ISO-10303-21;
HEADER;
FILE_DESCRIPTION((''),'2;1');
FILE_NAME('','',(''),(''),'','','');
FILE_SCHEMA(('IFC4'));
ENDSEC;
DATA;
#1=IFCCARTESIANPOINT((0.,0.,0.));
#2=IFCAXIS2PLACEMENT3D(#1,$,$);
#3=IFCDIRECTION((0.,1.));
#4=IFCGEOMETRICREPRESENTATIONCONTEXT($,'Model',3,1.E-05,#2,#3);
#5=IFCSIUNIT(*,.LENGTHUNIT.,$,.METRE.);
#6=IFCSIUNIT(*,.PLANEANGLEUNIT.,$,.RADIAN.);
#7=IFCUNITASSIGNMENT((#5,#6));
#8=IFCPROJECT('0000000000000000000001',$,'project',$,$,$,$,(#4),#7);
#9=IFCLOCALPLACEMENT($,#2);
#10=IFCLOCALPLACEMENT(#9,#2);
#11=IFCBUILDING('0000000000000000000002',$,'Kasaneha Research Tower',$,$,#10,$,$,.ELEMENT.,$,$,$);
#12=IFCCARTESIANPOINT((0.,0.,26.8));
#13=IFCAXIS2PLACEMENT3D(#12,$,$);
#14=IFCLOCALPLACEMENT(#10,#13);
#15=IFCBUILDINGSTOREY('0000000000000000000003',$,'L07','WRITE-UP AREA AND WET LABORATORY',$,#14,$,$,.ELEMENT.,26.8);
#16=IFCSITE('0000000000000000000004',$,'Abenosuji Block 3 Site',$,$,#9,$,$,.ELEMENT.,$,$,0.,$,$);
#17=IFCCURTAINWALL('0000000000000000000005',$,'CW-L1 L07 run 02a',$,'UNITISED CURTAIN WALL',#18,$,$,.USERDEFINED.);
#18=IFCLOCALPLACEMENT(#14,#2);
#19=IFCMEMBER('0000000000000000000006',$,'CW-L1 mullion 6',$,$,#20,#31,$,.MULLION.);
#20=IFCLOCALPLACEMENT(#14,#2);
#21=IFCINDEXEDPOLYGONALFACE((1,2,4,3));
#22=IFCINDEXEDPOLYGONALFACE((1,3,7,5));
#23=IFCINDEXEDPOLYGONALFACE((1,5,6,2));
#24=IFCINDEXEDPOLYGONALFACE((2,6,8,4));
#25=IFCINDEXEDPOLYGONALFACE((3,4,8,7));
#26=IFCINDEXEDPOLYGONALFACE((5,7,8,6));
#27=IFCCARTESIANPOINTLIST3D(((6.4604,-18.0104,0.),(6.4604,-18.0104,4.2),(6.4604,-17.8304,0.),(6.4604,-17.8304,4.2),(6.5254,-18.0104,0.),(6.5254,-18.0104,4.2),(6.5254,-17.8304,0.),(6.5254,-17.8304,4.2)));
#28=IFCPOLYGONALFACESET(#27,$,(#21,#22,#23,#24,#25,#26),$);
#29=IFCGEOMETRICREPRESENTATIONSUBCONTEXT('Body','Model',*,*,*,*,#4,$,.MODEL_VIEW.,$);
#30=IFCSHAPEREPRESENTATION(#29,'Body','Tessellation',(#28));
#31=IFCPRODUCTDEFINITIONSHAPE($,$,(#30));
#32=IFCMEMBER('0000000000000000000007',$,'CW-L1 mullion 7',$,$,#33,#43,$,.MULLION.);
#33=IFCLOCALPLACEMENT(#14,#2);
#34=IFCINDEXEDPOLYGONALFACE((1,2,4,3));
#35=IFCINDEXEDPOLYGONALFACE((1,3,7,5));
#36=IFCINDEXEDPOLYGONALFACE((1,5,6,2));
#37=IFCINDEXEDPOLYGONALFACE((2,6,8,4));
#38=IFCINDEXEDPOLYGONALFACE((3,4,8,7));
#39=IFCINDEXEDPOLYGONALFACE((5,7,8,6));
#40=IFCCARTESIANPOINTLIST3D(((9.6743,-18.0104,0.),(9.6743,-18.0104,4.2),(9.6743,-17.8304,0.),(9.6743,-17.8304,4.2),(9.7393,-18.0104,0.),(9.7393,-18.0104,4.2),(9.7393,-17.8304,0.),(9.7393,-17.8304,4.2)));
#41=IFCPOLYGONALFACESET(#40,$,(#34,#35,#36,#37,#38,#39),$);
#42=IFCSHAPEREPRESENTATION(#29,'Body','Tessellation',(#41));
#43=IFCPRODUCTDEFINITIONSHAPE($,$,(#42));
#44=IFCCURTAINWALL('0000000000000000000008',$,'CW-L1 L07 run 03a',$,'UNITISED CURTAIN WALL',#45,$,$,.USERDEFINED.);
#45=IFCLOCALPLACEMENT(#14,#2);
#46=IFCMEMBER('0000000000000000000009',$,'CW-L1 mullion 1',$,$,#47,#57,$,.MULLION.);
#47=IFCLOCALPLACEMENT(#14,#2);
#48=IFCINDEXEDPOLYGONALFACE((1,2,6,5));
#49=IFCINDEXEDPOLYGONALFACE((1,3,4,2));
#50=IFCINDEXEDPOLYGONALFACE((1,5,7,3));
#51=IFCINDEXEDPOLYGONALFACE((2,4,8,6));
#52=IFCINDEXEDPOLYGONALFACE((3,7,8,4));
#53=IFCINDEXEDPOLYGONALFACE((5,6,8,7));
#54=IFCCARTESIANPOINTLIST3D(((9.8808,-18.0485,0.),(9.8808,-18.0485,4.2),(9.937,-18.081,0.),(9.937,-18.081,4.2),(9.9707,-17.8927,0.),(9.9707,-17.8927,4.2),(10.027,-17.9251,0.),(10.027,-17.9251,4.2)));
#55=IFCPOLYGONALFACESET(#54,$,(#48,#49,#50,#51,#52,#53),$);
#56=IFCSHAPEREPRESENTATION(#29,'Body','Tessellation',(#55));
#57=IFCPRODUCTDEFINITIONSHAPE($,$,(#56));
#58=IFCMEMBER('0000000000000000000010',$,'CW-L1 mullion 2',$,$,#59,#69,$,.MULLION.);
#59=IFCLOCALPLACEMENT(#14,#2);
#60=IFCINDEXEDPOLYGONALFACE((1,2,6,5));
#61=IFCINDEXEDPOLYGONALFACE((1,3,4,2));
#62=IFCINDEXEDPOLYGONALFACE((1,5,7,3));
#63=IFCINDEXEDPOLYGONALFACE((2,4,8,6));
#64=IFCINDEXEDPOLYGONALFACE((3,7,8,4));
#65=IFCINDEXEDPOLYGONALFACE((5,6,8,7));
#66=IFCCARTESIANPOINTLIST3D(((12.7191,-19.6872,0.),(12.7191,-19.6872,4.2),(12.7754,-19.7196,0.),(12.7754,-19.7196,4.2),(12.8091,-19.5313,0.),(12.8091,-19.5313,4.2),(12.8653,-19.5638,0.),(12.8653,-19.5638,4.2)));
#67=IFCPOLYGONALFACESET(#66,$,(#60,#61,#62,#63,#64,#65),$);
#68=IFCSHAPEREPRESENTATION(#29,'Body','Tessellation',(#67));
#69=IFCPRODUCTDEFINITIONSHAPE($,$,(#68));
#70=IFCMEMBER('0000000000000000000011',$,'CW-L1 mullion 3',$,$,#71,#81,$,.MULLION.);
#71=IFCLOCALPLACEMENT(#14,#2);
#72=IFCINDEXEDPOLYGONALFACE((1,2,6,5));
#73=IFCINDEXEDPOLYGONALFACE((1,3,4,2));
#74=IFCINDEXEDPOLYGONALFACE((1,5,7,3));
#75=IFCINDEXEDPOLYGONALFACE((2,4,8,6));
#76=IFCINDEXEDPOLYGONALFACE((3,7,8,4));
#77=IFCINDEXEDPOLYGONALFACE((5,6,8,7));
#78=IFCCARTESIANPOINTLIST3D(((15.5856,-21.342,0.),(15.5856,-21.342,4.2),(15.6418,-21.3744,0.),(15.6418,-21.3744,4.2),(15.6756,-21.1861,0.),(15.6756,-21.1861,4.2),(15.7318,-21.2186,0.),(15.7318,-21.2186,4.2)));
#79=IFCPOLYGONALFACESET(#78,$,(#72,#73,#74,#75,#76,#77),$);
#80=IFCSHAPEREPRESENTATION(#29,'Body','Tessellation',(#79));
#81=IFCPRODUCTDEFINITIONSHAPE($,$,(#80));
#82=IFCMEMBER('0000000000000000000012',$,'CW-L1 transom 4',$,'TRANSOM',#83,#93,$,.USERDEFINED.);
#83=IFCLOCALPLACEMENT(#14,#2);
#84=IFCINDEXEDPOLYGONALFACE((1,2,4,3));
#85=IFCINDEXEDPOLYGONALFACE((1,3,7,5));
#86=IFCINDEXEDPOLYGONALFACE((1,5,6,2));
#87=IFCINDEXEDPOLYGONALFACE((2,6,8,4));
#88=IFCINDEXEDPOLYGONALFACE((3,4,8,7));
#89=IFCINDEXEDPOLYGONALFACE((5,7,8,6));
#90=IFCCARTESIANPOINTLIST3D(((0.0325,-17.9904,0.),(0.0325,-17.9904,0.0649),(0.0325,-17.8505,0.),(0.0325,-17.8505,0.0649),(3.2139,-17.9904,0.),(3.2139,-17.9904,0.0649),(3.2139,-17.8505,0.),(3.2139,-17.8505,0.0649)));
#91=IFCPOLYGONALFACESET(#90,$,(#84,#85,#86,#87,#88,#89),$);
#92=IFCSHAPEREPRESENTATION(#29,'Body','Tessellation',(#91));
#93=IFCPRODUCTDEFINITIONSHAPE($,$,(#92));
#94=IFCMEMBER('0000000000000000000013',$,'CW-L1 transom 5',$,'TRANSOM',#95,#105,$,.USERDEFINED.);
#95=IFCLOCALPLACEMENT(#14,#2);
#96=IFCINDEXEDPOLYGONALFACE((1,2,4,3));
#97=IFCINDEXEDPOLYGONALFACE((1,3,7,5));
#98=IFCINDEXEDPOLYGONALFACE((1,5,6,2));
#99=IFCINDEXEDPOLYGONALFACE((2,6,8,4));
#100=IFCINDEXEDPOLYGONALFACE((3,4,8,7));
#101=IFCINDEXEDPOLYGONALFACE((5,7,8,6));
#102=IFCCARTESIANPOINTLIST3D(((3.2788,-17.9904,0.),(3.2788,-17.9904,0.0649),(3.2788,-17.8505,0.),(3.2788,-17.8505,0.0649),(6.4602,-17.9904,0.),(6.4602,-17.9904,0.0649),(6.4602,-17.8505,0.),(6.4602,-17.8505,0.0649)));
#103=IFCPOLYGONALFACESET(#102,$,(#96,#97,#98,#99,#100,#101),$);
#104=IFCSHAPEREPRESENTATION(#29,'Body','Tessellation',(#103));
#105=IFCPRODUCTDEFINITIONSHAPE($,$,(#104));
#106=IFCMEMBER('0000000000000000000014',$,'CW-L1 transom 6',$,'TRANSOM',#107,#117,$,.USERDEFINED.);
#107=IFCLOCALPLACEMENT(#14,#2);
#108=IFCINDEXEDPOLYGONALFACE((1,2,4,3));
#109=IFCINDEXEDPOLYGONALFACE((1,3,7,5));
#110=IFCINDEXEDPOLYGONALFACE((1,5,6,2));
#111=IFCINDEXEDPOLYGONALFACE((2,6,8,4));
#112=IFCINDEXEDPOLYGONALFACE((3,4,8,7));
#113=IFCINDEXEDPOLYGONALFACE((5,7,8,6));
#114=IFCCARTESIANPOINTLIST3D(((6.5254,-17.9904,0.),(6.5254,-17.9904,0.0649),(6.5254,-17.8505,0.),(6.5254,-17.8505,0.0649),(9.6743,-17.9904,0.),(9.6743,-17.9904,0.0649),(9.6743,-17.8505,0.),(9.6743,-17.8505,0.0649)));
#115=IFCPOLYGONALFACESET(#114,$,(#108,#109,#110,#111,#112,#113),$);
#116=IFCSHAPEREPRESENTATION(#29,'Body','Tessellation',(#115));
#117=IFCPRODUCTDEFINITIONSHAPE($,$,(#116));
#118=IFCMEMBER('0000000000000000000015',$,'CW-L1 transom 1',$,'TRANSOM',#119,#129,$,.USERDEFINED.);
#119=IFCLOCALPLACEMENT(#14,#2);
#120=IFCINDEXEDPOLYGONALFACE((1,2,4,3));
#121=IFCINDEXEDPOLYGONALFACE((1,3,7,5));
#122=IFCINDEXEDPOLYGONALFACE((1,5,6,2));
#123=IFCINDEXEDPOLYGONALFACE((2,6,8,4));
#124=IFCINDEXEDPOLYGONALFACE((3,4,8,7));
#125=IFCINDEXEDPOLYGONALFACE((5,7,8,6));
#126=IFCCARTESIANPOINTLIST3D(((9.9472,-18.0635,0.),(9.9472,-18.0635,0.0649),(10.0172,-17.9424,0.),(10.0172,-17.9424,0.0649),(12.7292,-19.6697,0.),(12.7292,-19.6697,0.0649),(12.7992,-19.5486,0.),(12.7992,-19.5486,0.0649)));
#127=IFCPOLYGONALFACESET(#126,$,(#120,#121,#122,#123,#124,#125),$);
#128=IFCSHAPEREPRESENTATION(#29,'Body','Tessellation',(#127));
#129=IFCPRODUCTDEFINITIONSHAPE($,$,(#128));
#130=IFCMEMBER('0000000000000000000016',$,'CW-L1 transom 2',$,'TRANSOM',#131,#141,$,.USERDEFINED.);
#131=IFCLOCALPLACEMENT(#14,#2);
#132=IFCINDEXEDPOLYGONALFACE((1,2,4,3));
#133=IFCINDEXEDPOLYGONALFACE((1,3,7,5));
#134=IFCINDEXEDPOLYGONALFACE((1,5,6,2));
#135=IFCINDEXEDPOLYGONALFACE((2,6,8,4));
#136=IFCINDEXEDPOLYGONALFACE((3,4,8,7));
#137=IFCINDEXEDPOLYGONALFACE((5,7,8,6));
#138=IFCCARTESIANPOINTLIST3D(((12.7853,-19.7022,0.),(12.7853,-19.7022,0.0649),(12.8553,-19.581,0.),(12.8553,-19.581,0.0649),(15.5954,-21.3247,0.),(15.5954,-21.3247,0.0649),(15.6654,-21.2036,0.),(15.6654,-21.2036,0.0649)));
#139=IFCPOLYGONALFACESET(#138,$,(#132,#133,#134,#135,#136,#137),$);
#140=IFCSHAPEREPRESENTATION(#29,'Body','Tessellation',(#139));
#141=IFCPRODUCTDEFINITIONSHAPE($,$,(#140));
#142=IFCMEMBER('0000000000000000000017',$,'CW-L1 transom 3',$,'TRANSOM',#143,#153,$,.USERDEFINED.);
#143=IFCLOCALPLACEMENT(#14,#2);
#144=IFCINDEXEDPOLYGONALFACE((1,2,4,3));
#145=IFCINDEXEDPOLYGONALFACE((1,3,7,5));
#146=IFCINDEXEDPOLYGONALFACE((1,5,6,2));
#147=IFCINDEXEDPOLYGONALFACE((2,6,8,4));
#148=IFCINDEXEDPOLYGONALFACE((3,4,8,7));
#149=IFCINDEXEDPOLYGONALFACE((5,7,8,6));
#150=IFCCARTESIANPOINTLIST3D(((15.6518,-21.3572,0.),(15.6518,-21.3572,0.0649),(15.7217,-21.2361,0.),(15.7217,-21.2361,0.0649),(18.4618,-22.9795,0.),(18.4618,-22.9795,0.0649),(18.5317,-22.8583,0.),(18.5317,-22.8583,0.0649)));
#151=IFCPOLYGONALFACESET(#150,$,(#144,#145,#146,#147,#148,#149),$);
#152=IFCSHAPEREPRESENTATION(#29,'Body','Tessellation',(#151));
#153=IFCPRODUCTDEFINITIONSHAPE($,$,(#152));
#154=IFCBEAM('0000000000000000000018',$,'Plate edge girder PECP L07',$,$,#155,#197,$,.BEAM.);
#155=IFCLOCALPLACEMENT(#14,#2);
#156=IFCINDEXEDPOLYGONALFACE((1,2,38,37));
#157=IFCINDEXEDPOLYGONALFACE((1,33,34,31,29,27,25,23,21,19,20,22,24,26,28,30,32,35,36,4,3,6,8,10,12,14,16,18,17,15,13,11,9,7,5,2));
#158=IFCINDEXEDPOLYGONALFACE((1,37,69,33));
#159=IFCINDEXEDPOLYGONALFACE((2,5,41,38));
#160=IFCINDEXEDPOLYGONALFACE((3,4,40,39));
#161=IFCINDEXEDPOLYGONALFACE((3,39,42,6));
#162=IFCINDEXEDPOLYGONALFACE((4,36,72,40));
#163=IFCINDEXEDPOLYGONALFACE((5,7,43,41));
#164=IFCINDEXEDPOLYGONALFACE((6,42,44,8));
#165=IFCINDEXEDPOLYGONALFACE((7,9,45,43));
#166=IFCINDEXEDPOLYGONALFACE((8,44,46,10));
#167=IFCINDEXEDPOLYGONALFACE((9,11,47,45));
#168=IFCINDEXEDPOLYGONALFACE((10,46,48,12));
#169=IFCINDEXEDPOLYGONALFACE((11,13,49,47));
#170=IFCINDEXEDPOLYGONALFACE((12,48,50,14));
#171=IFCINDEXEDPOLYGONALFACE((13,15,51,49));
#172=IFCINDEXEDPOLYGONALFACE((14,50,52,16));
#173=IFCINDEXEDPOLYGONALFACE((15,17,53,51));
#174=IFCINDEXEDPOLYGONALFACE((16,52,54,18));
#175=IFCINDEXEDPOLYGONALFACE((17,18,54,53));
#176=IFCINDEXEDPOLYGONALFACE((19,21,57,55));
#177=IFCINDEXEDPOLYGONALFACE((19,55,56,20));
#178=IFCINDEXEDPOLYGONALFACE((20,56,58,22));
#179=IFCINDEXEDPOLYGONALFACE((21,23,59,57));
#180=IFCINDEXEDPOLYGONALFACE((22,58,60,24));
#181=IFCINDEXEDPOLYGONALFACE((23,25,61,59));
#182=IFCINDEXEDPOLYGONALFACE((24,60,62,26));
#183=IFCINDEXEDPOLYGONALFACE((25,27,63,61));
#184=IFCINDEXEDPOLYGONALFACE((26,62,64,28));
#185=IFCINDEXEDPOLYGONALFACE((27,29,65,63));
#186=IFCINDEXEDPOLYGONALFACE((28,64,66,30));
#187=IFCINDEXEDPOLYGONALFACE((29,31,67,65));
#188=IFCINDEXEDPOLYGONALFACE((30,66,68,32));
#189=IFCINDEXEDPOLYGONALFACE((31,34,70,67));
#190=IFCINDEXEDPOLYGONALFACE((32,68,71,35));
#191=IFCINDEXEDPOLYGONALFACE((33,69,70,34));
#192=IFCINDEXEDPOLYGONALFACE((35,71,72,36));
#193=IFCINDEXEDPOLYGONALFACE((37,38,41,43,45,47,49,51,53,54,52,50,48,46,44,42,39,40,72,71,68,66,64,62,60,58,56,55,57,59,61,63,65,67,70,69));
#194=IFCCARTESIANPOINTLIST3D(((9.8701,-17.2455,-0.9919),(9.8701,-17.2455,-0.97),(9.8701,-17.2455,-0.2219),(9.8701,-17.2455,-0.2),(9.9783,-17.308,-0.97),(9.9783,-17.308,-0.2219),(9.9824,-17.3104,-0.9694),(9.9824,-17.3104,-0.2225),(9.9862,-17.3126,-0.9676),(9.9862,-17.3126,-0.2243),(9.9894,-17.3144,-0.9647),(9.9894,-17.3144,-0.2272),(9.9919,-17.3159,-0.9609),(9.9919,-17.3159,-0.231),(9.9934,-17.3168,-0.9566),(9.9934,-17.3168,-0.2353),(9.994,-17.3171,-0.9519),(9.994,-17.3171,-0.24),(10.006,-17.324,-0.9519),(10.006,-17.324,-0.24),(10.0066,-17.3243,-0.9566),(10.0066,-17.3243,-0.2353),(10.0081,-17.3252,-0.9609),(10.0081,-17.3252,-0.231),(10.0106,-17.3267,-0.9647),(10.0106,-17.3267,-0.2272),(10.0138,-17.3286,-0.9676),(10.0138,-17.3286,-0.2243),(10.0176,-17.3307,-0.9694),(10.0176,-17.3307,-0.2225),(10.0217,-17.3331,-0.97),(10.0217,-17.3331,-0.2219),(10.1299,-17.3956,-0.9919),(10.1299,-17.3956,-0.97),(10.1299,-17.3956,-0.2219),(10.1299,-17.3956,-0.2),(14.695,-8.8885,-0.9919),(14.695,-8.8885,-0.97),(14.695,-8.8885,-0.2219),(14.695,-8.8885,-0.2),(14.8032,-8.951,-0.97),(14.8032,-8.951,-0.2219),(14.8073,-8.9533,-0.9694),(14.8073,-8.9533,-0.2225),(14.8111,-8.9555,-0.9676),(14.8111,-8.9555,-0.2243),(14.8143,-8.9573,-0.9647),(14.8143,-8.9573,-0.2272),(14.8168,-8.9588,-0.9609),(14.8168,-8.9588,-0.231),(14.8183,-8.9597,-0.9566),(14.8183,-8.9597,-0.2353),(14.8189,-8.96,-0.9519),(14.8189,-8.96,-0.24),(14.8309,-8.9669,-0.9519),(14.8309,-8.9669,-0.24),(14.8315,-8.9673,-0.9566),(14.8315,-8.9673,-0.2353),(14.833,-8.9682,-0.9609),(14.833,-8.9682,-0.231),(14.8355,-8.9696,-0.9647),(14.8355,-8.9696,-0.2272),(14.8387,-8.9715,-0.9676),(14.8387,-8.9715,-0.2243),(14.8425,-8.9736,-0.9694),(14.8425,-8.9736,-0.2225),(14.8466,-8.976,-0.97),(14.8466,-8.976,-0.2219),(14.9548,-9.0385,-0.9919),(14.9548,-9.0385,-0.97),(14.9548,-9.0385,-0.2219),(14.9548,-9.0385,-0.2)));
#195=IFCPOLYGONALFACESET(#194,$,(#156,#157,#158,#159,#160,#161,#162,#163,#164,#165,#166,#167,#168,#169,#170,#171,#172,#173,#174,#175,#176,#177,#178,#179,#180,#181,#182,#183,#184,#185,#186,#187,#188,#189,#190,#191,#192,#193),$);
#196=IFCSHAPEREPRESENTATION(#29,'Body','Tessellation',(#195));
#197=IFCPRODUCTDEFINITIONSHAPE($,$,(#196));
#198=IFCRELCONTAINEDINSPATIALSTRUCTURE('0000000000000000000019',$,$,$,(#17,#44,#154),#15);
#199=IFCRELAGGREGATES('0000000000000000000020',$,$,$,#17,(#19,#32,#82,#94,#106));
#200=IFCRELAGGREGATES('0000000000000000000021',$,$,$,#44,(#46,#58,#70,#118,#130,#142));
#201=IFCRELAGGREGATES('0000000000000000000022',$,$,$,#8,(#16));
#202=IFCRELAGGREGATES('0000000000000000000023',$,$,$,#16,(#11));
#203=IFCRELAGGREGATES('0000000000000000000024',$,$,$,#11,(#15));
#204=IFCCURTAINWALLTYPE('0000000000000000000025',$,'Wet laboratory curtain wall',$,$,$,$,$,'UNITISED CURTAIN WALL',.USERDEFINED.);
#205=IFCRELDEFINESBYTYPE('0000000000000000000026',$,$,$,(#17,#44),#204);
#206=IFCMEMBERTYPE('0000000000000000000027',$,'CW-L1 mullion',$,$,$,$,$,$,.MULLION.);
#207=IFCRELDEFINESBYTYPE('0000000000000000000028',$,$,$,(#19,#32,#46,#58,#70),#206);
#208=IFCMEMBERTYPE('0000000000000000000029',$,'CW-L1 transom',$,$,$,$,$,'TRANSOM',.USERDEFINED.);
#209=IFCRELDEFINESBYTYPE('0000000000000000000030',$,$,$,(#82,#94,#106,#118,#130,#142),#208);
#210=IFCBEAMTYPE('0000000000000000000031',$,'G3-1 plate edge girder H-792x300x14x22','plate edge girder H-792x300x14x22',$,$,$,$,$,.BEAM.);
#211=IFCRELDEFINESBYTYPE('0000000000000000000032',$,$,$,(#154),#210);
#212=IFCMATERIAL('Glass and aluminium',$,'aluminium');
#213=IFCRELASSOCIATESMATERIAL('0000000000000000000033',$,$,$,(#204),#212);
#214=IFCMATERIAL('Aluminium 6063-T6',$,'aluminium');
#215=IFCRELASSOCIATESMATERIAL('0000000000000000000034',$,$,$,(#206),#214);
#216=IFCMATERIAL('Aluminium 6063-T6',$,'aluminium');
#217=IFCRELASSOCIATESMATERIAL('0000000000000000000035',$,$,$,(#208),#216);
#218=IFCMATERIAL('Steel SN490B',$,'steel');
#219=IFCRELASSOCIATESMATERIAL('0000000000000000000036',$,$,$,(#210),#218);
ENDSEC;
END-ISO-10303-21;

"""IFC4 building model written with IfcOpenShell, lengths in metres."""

from ifc_helpers import new_model, si_unit, direction, frame, origin, origin_2d, place, context, subcontext, project, spatial, rectangle, i_section, extrude, material, material_profile, profile_set, type_object, element, aggregate, save


model = new_model("IFC4")

# Units and contexts
model_context = context("Model", 3, precision=1e-05, world=origin(), true_north=direction((0.0, 1.0)))
body_context = subcontext(model_context, "Body", "Model", "MODEL_VIEW")
ifc_project = project(units=[si_unit("LENGTHUNIT", "METRE"), si_unit("PLANEANGLEUNIT", "RADIAN")], contexts=[model_context])

# Site, building, storey
site_placement = place(None, origin())
site = spatial("IfcSite", under=ifc_project, at=site_placement, Name="Abenosuji Block 3 Site", CompositionType="ELEMENT", RefElevation=0.0)
building_placement = place(site_placement, origin())
building = spatial("IfcBuilding", under=site, at=building_placement, Name="Kasaneha Research Tower", CompositionType="ELEMENT")
storey_placement = place(building_placement, frame((0.0, 0.0, 26.8)))
storey = spatial("IfcBuildingStorey", under=building, at=storey_placement, Name="L07", Description="WRITE-UP AREA AND WET LABORATORY", CompositionType="ELEMENT", Elevation=26.8)

# Curtain walls, members
ifc_material_1 = material(Name="Glass and aluminium", Category="aluminium")
curtain_wall_type = type_object("IfcCurtainWallType", Name="Wet laboratory curtain wall", ElementType="UNITISED CURTAIN WALL", PredefinedType="USERDEFINED", material=ifc_material_1)
curtain_wall_1_placement = place(storey_placement, origin())
curtain_wall_1 = element("IfcCurtainWall", 1, at=curtain_wall_1_placement, inside=storey, type_object=curtain_wall_type, Name="CW-L1 L07 run 02a", ObjectType="UNITISED CURTAIN WALL", PredefinedType="USERDEFINED")
ifc_material_2 = material(Name="Aluminium 6063-T6", Category="aluminium")
ifc_material_profile_1 = material_profile(ifc_material_2, rectangle(XDim=0.0649, YDim=0.1799, at=origin_2d()), Name="CW-L1 mullion 65x180")
ifc_profile_set_1 = profile_set([ifc_material_profile_1], Name="Aluminium 6063-T6")
member_type_1 = type_object("IfcMemberType", Name="CW-L1 mullion", PredefinedType="MULLION", material=ifc_profile_set_1)
member_1_placement = place(storey_placement, frame((6.4929, -17.9204, 0.0), z_axis=(0.0, 0.0, 1.0), x_axis=(1.0, 0.0, 0.0)))
member_1 = element("IfcMember", 2, at=member_1_placement, type_object=member_type_1, Name="CW-L1 mullion 6", PredefinedType="MULLION", context=body_context, shape_type="SweptSolid", body=[
    extrude(rectangle(XDim=0.0649, YDim=0.1799, at=origin_2d()), origin(), (0.0, 0.0, 1.0), 4.2),
])
member_2_placement = place(storey_placement, frame((9.7068, -17.9204, 0.0), z_axis=(0.0, 0.0, 1.0), x_axis=(1.0, 0.0, 0.0)))
member_2 = element("IfcMember", 3, at=member_2_placement, type_object=member_type_1, Name="CW-L1 mullion 7", PredefinedType="MULLION", context=body_context, shape_type="SweptSolid", body=[
    extrude(rectangle(XDim=0.0649, YDim=0.1799, at=origin_2d()), origin(), (0.0, 0.0, 1.0), 4.2),
])
curtain_wall_2_placement = place(storey_placement, origin())
curtain_wall_2 = element("IfcCurtainWall", 4, at=curtain_wall_2_placement, inside=storey, type_object=curtain_wall_type, Name="CW-L1 L07 run 03a", ObjectType="UNITISED CURTAIN WALL", PredefinedType="USERDEFINED")
member_3_placement = place(storey_placement, frame((9.9539, -17.9868, 0.0), z_axis=(0.0, 0.0, 1.0), x_axis=(0.866025, -0.5, 0.0)))
member_3 = element("IfcMember", 5, at=member_3_placement, type_object=member_type_1, Name="CW-L1 mullion 1", PredefinedType="MULLION", context=body_context, shape_type="SweptSolid", body=[
    extrude(rectangle(XDim=0.0649, YDim=0.1799, at=origin_2d()), origin(), (0.0, 0.0, 1.0), 4.2),
])
member_4_placement = place(storey_placement, frame((12.7922, -19.6255, 0.0), z_axis=(0.0, 0.0, 1.0), x_axis=(0.866025, -0.5, 0.0)))
member_4 = element("IfcMember", 6, at=member_4_placement, type_object=member_type_1, Name="CW-L1 mullion 2", PredefinedType="MULLION", context=body_context, shape_type="SweptSolid", body=[
    extrude(rectangle(XDim=0.0649, YDim=0.1799, at=origin_2d()), origin(), (0.0, 0.0, 1.0), 4.2),
])
member_5_placement = place(storey_placement, frame((15.6587, -21.2803, 0.0), z_axis=(0.0, 0.0, 1.0), x_axis=(0.866025, -0.5, 0.0)))
member_5 = element("IfcMember", 7, at=member_5_placement, type_object=member_type_1, Name="CW-L1 mullion 3", PredefinedType="MULLION", context=body_context, shape_type="SweptSolid", body=[
    extrude(rectangle(XDim=0.0649, YDim=0.1799, at=origin_2d()), origin(), (0.0, 0.0, 1.0), 4.2),
])

# Members
ifc_material_3 = material(Name="Aluminium 6063-T6", Category="aluminium")
ifc_material_profile_2 = material_profile(ifc_material_3, rectangle(XDim=0.1399, YDim=0.0649, at=origin_2d()), Name="CW-L1 transom 140x65")
ifc_profile_set_2 = profile_set([ifc_material_profile_2], Name="Aluminium 6063-T6")
member_type_2 = type_object("IfcMemberType", Name="CW-L1 transom", ElementType="TRANSOM", PredefinedType="USERDEFINED", material=ifc_profile_set_2)
member_6_placement = place(storey_placement, frame((0.0325, -17.9204, 0.0325), z_axis=(1.0, 0.0, 0.0), x_axis=(0.0, 1.0, 0.0)))
member_6 = element("IfcMember", 8, at=member_6_placement, type_object=member_type_2, Name="CW-L1 transom 4", ObjectType="TRANSOM", PredefinedType="USERDEFINED", context=body_context, shape_type="SweptSolid", body=[
    extrude(rectangle(XDim=0.1399, YDim=0.0649, at=origin_2d()), origin(), (0.0, 0.0, 1.0), 3.1814),
])
member_7_placement = place(storey_placement, frame((3.2788, -17.9204, 0.0325), z_axis=(1.0, 0.0, 0.0), x_axis=(0.0, 1.0, 0.0)))
member_7 = element("IfcMember", 9, at=member_7_placement, type_object=member_type_2, Name="CW-L1 transom 5", ObjectType="TRANSOM", PredefinedType="USERDEFINED", context=body_context, shape_type="SweptSolid", body=[
    extrude(rectangle(XDim=0.1399, YDim=0.0649, at=origin_2d()), origin(), (0.0, 0.0, 1.0), 3.1814),
])
member_8_placement = place(storey_placement, frame((6.5254, -17.9204, 0.0325), z_axis=(1.0, 0.0, 0.0), x_axis=(0.0, 1.0, 0.0)))
member_8 = element("IfcMember", 10, at=member_8_placement, type_object=member_type_2, Name="CW-L1 transom 6", ObjectType="TRANSOM", PredefinedType="USERDEFINED", context=body_context, shape_type="SweptSolid", body=[
    extrude(rectangle(XDim=0.1399, YDim=0.0649, at=origin_2d()), origin(), (0.0, 0.0, 1.0), 3.1489),
])
member_9_placement = place(storey_placement, frame((9.9822, -18.0029, 0.0325), z_axis=(0.866022, -0.500005, 0.0), x_axis=(0.500005, 0.866022, 0.0)))
member_9 = element("IfcMember", 11, at=member_9_placement, type_object=member_type_2, Name="CW-L1 transom 1", ObjectType="TRANSOM", PredefinedType="USERDEFINED", context=body_context, shape_type="SweptSolid", body=[
    extrude(rectangle(XDim=0.1399, YDim=0.0649, at=origin_2d()), origin(), (0.0, 0.0, 1.0), 3.2124),
])
member_10_placement = place(storey_placement, frame((12.8203, -19.6416, 0.0325), z_axis=(0.866003, -0.500039, 0.0), x_axis=(0.500039, 0.866003, 0.0)))
member_10 = element("IfcMember", 12, at=member_10_placement, type_object=member_type_2, Name="CW-L1 transom 2", ObjectType="TRANSOM", PredefinedType="USERDEFINED", context=body_context, shape_type="SweptSolid", body=[
    extrude(rectangle(XDim=0.1399, YDim=0.0649, at=origin_2d()), origin(), (0.0, 0.0, 1.0), 3.2449),
])
member_11_placement = place(storey_placement, frame((15.6868, -21.2966, 0.0325), z_axis=(0.866035, -0.499983, 0.0), x_axis=(0.499983, 0.866035, 0.0)))
member_11 = element("IfcMember", 13, at=member_11_placement, type_object=member_type_2, Name="CW-L1 transom 3", ObjectType="TRANSOM", PredefinedType="USERDEFINED", context=body_context, shape_type="SweptSolid", body=[
    extrude(rectangle(XDim=0.1399, YDim=0.0649, at=origin_2d()), origin(), (0.0, 0.0, 1.0), 3.2446),
])

# Beam
ifc_material_4 = material(Name="Steel SN490B", Category="steel")
ifc_material_profile_3 = material_profile(ifc_material_4, i_section(OverallWidth=0.3, OverallDepth=0.792, WebThickness=0.0139, FlangeThickness=0.022, FilletRadius=0.0181, at=origin_2d()), Name="H-792x300x14x22")
ifc_profile_set_3 = profile_set([ifc_material_profile_3], Name="Steel SN490B")
beam_type_1 = type_object("IfcBeamType", Name="G3-1 plate edge girder H-792x300x14x22", Description="plate edge girder H-792x300x14x22", PredefinedType="BEAM", material=ifc_profile_set_3)
beam_1_placement = place(storey_placement, frame((10.0, -17.3206, -0.5959), z_axis=(0.499995, 0.866028, 0.0), x_axis=(-0.866028, 0.499995, 0.0)))
element("IfcBeam", 14, at=beam_1_placement, inside=storey, type_object=beam_type_1, Name="Plate edge girder PECP L07", PredefinedType="BEAM", context=body_context, shape_type="SweptSolid", body=[
    extrude(i_section(OverallWidth=0.3, OverallDepth=0.792, WebThickness=0.0139, FlangeThickness=0.022, FilletRadius=0.0181, at=origin_2d()), origin(), (0.0, 0.0, 1.0), 9.6499),
])

aggregate(curtain_wall_1, [member_1, member_2, member_6, member_7, member_8])
aggregate(curtain_wall_2, [member_3, member_4, member_5, member_9, member_10, member_11])

save(model, "model.ifc")
